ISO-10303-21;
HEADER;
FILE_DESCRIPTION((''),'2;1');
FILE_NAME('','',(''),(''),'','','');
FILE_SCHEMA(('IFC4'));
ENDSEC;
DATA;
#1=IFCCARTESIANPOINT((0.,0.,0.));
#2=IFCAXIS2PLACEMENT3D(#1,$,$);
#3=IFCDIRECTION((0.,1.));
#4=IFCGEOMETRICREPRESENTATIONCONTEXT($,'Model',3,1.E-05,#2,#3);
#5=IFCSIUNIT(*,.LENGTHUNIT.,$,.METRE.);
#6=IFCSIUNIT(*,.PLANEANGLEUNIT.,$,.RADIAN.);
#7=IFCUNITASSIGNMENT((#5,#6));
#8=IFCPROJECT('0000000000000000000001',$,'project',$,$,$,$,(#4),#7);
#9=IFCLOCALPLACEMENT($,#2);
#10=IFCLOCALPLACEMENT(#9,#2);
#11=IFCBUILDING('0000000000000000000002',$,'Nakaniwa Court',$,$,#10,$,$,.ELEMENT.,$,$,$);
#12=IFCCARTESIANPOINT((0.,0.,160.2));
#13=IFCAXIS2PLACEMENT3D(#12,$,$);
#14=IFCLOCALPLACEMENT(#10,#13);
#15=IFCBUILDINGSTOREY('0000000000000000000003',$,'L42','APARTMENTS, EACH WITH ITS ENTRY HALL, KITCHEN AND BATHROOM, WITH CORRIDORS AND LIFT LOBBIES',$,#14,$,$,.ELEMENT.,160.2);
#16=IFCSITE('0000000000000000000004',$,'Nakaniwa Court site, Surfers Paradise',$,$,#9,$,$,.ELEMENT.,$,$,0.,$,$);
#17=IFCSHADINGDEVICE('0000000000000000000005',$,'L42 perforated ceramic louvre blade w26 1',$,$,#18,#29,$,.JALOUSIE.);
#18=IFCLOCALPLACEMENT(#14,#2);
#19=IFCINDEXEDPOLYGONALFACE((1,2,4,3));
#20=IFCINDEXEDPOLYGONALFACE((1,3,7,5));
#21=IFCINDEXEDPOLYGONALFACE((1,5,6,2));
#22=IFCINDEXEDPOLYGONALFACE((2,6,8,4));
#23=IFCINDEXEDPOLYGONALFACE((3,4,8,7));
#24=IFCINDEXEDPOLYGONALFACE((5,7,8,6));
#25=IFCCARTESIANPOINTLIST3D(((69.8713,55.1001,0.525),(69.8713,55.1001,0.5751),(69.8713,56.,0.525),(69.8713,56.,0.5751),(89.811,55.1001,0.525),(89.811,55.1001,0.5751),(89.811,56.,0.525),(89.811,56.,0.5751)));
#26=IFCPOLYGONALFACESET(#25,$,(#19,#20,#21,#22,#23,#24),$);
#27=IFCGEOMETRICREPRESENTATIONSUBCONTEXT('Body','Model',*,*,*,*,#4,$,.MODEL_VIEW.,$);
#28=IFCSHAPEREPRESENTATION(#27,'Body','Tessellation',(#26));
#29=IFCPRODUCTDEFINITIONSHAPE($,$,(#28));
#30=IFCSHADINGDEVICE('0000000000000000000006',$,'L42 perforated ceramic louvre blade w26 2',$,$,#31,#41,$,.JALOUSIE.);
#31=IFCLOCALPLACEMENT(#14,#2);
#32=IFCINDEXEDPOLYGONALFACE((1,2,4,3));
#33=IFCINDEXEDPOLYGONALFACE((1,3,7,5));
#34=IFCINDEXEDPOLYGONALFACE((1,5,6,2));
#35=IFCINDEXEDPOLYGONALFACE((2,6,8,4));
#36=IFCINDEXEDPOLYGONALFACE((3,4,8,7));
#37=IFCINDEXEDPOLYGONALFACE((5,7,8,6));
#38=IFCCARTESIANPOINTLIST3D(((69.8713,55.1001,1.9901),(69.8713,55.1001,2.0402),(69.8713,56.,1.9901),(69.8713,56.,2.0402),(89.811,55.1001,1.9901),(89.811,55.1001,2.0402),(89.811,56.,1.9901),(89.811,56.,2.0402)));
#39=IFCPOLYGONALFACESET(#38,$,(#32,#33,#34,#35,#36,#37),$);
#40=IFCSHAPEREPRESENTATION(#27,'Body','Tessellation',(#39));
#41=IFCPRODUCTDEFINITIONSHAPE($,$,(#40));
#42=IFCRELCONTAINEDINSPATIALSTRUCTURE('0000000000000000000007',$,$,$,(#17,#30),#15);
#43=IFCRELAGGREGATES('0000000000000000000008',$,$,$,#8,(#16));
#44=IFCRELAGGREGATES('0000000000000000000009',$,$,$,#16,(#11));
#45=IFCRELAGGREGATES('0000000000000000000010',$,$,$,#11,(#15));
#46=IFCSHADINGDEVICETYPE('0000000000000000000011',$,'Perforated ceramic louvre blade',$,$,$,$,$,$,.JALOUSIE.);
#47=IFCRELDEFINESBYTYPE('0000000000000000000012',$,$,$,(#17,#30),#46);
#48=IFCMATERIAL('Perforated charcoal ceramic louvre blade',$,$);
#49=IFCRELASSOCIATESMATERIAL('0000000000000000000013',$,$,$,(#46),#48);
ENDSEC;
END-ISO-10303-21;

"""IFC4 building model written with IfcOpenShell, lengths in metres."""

from ifc_helpers import new_model, si_unit, direction, frame, origin, origin_2d, place, context, subcontext, project, spatial, rectangle, extrude, material, material_profile, profile_set, type_object, element, save


model = new_model("IFC4")

# Units and contexts
model_context = context("Model", 3, precision=1e-05, world=origin(), true_north=direction((0.0, 1.0)))
body_context = subcontext(model_context, "Body", "Model", "MODEL_VIEW")
ifc_project = project(units=[si_unit("LENGTHUNIT", "METRE"), si_unit("PLANEANGLEUNIT", "RADIAN")], contexts=[model_context])

# Site, building, storey
site_placement = place(None, origin())
site = spatial("IfcSite", under=ifc_project, at=site_placement, Name="Nakaniwa Court site, Surfers Paradise", CompositionType="ELEMENT", RefElevation=0.0)
building_placement = place(site_placement, origin())
building = spatial("IfcBuilding", under=site, at=building_placement, Name="Nakaniwa Court", CompositionType="ELEMENT")
storey_placement = place(building_placement, frame((0.0, 0.0, 160.2)))
storey = spatial("IfcBuildingStorey", under=building, at=storey_placement, Name="L42", Description="APARTMENTS, EACH WITH ITS ENTRY HALL, KITCHEN AND BATHROOM, WITH CORRIDORS AND LIFT LOBBIES", CompositionType="ELEMENT", Elevation=160.2)

# Shading devices
ifc_material_1 = material(Name="Perforated charcoal ceramic louvre blade")
ifc_material_profile_1 = material_profile(ifc_material_1, rectangle(XDim=0.8999, YDim=0.05, at=origin_2d()), Name="Perforated ceramic louvre blade")
ifc_profile_set_1 = profile_set([ifc_material_profile_1], Name="Perforated charcoal ceramic louvre blade")
shading_device_type = type_object("IfcShadingDeviceType", Name="Perforated ceramic louvre blade", PredefinedType="JALOUSIE", material=ifc_profile_set_1)
for number, where, z_axis, x_axis, name in (
    (1, (69.8713, 55.55, 0.55), (1.0, 0.0, 0.0), (0.0, 1.0, 0.0), "L42 perforated ceramic louvre blade w26 1"),
    (2, (69.8713, 55.55, 2.0151), (1.0, 0.0, 0.0), (0.0, 1.0, 0.0), "L42 perforated ceramic louvre blade w26 2"),
):
    element("IfcShadingDevice", number, at=place(storey_placement, frame(where, z_axis=z_axis, x_axis=x_axis)), inside=storey, type_object=shading_device_type, Name=name, PredefinedType="JALOUSIE", context=body_context, shape_type="SweptSolid", body=[
        extrude(rectangle(XDim=0.8999, YDim=0.05, at=origin_2d()), origin(), (0.0, 0.0, 1.0), 19.9397),
    ])

save(model, "model.ifc")
